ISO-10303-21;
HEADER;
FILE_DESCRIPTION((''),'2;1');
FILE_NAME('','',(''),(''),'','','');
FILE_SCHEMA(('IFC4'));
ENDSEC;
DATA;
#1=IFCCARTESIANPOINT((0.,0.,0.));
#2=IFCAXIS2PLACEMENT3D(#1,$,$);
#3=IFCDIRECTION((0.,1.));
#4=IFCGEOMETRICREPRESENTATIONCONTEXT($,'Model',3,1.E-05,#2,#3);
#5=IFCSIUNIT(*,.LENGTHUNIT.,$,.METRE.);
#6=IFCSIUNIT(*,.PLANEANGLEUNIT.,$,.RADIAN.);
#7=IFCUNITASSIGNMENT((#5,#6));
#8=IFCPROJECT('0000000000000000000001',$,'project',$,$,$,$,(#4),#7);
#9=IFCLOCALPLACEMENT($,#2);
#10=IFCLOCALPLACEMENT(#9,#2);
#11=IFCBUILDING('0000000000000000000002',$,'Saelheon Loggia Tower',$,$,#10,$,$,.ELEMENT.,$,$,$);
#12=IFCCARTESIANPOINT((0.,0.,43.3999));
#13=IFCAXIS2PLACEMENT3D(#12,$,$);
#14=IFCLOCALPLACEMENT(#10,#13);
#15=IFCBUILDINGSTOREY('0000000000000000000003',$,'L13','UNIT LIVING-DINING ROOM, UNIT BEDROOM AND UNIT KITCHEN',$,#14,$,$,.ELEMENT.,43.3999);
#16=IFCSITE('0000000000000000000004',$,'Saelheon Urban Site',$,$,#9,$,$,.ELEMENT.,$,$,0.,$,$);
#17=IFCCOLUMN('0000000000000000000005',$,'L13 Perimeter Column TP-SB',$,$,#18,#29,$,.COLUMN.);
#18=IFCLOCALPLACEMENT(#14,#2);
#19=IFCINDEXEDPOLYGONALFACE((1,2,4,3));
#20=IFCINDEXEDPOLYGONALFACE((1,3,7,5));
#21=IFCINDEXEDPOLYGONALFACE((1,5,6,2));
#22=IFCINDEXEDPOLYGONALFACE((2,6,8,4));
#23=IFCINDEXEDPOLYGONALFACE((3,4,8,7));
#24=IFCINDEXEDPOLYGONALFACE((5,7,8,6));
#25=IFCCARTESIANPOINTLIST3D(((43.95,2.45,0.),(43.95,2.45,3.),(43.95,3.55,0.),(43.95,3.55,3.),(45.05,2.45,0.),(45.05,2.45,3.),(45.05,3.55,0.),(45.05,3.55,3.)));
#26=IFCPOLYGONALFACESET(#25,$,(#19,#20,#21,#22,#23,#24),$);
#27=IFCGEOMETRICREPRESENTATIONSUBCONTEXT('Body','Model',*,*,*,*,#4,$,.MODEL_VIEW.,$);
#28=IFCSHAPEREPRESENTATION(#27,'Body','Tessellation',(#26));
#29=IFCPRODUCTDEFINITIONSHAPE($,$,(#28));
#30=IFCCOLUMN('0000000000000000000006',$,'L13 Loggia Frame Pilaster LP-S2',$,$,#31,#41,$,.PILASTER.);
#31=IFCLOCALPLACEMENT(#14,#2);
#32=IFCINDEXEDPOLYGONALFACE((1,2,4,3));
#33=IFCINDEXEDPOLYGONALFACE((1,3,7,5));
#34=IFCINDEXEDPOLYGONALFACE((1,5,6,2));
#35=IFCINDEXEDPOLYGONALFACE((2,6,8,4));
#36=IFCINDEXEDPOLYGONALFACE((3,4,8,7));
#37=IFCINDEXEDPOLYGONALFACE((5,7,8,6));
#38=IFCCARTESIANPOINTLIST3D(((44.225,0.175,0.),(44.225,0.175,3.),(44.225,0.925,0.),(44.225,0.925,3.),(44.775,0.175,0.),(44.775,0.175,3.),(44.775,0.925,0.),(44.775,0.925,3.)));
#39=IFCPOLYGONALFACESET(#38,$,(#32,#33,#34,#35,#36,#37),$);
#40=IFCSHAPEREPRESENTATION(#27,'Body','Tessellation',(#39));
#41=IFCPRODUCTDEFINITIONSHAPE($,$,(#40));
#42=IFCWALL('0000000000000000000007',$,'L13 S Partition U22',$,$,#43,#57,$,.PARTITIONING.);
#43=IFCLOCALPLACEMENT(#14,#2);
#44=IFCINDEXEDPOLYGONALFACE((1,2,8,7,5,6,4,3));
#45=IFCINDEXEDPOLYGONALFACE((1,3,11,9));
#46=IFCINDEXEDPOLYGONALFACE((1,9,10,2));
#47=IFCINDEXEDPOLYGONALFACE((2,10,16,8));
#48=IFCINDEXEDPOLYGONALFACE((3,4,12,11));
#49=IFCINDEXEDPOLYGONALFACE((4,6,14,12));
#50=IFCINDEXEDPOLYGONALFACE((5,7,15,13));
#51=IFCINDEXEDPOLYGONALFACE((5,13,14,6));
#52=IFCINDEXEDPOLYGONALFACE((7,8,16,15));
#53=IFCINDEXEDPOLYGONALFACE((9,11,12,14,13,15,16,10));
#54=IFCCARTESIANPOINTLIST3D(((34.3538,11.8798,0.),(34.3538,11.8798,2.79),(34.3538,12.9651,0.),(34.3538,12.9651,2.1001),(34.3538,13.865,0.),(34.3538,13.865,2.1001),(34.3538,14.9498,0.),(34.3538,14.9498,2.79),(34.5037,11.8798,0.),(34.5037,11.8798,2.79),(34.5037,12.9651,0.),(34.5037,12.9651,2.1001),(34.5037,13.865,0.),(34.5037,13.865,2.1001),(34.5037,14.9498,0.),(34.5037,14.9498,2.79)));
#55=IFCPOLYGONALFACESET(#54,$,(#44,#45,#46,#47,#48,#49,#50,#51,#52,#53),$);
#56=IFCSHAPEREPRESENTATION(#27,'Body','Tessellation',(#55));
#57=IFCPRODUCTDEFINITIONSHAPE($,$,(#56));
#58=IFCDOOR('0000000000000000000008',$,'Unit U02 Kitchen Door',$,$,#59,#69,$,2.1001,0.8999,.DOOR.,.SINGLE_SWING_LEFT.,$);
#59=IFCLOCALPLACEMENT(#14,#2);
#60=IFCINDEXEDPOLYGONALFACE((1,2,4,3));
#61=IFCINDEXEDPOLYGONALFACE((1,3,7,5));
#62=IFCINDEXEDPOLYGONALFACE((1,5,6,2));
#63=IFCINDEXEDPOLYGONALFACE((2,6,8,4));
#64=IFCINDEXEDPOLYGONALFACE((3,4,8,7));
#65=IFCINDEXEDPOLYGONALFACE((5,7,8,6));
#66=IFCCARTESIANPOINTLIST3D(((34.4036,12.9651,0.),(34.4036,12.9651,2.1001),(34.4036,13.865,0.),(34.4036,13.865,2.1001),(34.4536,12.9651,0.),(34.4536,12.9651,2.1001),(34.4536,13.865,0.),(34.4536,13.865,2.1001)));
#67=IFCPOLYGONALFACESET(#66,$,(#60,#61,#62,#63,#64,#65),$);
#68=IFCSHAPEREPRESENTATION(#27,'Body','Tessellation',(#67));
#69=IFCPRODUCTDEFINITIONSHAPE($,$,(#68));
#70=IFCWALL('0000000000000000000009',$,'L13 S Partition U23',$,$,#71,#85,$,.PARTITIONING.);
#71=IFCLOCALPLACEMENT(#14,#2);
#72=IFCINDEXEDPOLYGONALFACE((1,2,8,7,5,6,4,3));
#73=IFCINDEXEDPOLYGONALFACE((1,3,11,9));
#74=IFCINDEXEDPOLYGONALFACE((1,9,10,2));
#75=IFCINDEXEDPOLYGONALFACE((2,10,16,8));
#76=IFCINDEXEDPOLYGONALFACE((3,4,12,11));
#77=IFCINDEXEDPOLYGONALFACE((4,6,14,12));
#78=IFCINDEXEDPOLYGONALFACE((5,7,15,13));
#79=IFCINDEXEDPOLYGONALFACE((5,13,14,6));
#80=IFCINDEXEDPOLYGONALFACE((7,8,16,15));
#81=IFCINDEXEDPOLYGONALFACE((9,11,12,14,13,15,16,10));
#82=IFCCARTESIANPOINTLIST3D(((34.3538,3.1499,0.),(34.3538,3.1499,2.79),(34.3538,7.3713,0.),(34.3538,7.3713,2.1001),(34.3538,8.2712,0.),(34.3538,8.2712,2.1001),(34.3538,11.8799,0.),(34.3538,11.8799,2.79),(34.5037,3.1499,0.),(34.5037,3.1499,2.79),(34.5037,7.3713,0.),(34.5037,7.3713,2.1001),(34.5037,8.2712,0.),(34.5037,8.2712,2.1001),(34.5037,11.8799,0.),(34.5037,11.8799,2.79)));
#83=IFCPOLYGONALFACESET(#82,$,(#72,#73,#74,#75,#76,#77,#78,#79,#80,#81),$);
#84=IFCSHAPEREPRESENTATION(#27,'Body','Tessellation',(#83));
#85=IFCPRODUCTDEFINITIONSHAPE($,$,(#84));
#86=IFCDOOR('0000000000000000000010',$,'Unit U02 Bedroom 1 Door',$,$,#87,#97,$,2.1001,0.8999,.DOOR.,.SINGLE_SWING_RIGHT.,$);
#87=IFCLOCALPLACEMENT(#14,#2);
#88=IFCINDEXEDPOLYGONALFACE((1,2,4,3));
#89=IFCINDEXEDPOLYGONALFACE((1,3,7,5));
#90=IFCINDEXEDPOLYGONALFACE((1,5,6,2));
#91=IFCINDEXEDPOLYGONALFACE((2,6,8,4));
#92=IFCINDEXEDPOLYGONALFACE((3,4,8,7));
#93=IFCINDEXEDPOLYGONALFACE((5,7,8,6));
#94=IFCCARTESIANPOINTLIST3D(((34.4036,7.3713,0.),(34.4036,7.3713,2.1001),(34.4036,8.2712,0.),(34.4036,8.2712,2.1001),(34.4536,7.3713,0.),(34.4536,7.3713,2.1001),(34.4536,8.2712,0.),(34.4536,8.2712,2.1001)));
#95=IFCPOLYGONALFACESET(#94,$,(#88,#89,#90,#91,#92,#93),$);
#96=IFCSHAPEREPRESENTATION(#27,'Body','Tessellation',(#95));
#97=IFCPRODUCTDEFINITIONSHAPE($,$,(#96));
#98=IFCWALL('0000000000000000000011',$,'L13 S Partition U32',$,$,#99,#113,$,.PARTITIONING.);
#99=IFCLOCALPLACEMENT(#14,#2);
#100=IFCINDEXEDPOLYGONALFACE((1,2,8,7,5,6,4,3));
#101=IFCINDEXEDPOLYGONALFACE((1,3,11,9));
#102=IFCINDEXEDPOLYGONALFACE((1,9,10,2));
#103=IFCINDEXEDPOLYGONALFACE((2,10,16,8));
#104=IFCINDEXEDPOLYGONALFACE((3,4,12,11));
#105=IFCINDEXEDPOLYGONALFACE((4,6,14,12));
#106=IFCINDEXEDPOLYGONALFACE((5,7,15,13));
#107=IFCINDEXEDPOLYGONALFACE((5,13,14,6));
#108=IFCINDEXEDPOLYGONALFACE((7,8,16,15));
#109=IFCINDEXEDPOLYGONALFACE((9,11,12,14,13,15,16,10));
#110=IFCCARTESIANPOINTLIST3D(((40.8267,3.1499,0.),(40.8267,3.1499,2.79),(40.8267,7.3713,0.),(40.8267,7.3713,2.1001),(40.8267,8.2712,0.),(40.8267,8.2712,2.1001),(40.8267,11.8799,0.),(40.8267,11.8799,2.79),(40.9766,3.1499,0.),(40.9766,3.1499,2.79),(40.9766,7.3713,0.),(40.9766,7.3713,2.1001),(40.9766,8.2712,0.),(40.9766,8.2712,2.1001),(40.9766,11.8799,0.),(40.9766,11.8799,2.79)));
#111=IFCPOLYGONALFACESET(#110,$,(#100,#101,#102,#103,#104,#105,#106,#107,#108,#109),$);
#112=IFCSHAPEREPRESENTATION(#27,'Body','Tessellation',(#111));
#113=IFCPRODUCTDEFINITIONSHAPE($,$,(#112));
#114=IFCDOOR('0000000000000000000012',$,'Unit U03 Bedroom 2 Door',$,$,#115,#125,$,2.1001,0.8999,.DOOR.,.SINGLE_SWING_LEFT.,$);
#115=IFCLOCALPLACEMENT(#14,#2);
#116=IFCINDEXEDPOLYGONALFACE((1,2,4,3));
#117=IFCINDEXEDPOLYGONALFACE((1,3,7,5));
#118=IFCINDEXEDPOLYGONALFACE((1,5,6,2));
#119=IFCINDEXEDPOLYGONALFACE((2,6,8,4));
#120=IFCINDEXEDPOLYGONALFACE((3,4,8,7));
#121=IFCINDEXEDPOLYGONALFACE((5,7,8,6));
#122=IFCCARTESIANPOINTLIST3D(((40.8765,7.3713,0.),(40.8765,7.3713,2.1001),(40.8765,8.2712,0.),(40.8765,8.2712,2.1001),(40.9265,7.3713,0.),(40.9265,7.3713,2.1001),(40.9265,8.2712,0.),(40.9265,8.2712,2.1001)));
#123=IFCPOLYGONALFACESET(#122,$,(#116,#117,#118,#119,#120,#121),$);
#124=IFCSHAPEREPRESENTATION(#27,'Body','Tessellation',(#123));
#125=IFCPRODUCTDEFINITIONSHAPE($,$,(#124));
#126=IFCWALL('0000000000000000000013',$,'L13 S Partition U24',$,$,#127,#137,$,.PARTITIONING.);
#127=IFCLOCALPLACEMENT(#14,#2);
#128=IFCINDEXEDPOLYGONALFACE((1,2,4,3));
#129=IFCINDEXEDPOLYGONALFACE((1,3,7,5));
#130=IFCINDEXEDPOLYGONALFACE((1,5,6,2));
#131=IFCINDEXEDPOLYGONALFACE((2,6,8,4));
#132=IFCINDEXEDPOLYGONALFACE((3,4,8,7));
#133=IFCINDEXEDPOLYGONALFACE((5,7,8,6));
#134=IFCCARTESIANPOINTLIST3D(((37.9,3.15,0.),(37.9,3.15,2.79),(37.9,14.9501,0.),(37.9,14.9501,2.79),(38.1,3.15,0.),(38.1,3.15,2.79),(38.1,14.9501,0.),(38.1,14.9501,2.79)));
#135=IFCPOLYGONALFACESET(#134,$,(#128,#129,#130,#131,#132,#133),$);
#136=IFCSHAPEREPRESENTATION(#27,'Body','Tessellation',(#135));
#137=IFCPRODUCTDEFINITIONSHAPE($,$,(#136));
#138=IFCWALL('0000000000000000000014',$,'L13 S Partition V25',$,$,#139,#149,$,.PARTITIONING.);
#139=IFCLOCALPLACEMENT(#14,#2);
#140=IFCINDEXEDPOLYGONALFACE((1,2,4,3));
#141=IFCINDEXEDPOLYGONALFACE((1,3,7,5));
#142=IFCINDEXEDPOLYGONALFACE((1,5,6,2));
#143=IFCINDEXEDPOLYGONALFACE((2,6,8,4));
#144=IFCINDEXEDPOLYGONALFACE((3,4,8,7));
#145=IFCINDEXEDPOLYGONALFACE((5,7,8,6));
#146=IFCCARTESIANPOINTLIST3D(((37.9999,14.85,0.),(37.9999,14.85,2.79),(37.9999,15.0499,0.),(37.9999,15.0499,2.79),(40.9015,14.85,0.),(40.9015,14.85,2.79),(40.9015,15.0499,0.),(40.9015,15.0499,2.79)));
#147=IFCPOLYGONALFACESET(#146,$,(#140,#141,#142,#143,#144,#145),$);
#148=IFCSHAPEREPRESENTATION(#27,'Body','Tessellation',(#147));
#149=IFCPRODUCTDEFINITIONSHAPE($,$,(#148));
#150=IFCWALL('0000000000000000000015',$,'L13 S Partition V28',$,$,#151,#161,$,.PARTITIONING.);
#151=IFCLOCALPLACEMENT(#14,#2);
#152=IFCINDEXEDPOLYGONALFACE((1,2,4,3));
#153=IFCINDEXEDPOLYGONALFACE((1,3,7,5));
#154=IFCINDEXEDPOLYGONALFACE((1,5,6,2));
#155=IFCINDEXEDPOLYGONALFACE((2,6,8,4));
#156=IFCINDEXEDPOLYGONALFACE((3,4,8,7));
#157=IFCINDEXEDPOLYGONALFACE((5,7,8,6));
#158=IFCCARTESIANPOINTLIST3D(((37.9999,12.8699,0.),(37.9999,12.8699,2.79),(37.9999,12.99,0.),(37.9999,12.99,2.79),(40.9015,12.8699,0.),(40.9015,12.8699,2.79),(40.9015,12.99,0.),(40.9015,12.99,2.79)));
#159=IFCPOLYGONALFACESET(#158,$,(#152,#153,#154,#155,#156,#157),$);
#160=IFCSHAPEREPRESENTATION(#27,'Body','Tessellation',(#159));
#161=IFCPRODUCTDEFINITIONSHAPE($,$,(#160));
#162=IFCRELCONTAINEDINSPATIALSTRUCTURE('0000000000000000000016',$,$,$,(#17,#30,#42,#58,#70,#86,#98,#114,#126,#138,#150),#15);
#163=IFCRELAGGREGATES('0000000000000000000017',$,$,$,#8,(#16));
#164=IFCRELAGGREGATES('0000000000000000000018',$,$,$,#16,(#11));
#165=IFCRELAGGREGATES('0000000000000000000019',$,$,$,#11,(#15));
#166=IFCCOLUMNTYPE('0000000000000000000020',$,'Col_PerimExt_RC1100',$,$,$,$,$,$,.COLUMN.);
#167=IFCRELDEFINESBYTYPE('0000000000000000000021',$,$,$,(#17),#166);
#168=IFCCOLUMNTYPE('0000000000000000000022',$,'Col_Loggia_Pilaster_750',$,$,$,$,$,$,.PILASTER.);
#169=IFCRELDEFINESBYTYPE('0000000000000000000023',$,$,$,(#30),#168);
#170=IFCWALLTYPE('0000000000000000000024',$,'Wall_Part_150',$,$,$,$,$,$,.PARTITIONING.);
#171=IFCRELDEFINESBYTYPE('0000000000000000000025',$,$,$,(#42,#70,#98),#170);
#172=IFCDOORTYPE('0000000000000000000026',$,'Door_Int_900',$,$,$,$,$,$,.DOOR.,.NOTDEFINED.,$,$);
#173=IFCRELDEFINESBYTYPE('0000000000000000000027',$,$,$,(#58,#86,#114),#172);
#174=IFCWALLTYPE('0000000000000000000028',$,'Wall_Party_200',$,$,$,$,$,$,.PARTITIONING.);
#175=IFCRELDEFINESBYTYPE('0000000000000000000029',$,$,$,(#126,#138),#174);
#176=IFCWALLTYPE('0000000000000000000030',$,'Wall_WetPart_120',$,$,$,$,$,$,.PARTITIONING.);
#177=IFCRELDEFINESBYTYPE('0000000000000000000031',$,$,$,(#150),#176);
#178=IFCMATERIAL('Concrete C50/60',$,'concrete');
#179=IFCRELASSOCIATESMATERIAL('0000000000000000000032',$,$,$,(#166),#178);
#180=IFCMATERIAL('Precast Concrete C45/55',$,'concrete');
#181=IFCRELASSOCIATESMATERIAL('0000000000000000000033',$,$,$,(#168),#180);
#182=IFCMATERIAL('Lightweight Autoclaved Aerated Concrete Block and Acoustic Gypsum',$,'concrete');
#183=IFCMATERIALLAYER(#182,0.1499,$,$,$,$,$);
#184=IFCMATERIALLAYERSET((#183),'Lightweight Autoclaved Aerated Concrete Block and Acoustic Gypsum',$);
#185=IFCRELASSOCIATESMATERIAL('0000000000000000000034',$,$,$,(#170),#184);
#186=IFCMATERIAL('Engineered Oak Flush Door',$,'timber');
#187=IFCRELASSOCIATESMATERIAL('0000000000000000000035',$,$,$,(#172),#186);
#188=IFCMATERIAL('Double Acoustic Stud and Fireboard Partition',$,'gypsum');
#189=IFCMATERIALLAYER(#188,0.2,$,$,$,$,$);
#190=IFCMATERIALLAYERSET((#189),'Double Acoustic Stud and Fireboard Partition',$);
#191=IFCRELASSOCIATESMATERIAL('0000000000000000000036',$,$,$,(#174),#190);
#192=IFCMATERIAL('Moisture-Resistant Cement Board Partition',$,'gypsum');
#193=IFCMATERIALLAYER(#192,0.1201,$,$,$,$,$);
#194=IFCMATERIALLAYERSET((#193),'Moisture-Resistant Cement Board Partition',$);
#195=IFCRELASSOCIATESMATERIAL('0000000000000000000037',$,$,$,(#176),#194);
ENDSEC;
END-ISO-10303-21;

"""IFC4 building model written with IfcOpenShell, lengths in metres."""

from ifc_helpers import new_model, si_unit, direction, frame, frame_2d, origin, origin_2d, place, context, subcontext, project, spatial, rectangle, extrude, source, transform, mapped, material, layer, layer_set, material_profile, profile_set, type_object, element, fill, save


model = new_model("IFC4")

# Units and contexts
model_context = context("Model", 3, precision=1e-05, world=origin(), true_north=direction((0.0, 1.0)))
body_context = subcontext(model_context, "Body", "Model", "MODEL_VIEW")
ifc_project = project(units=[si_unit("LENGTHUNIT", "METRE"), si_unit("PLANEANGLEUNIT", "RADIAN")], contexts=[model_context])

# Site, building, storey
site_placement = place(None, origin())
site = spatial("IfcSite", under=ifc_project, at=site_placement, Name="Saelheon Urban Site", CompositionType="ELEMENT", RefElevation=0.0)
building_placement = place(site_placement, origin())
building = spatial("IfcBuilding", under=site, at=building_placement, Name="Saelheon Loggia Tower", CompositionType="ELEMENT")
storey_placement = place(building_placement, frame((0.0, 0.0, 43.3999)))
storey = spatial("IfcBuildingStorey", under=building, at=storey_placement, Name="L13", Description="UNIT LIVING-DINING ROOM, UNIT BEDROOM AND UNIT KITCHEN", CompositionType="ELEMENT", Elevation=43.3999)

# Columns
ifc_material_1 = material(Name="Concrete C50/60", Category="concrete")
ifc_material_profile_1 = material_profile(ifc_material_1, rectangle(XDim=1.1001, YDim=1.1001, at=origin_2d()), Name="RC-1100x1100")
ifc_profile_set_1 = profile_set([ifc_material_profile_1], Name="Concrete C50/60")
column_type_1 = type_object("IfcColumnType", Name="Col_PerimExt_RC1100", PredefinedType="COLUMN", material=ifc_profile_set_1)
shared_shape_1 = source(origin(), body_context, "Body", "SweptSolid", [
    extrude(rectangle(XDim=1.1001, YDim=1.1001, at=origin_2d()), origin(), (0.0, 0.0, 1.0), 3.0),
])
column_1_placement = place(storey_placement, frame((44.5, 3.0, 0.0), z_axis=(0.0, 0.0, 1.0), x_axis=(1.0, 0.0, 0.0)))
element("IfcColumn", 1, at=column_1_placement, inside=storey, type_object=column_type_1, Name="L13 Perimeter Column TP-SB", PredefinedType="COLUMN", context=body_context, shape_type="MappedRepresentation", body=[
    mapped(shared_shape_1, transform((0.0, 0.0, 0.0), scale=1.0)),
])
ifc_material_2 = material(Name="Precast Concrete C45/55", Category="concrete")
ifc_material_profile_2 = material_profile(ifc_material_2, rectangle(XDim=0.55, YDim=0.75, at=origin_2d()), Name="RC-550x750")
ifc_profile_set_2 = profile_set([ifc_material_profile_2], Name="Precast Concrete C45/55")
column_type_2 = type_object("IfcColumnType", Name="Col_Loggia_Pilaster_750", PredefinedType="PILASTER", material=ifc_profile_set_2)
shared_shape_2 = source(origin(), body_context, "Body", "SweptSolid", [
    extrude(rectangle(XDim=0.55, YDim=0.75, at=origin_2d()), origin(), (0.0, 0.0, 1.0), 3.0),
])
column_2_placement = place(storey_placement, frame((44.5, 0.55, 0.0), z_axis=(0.0, 0.0, 1.0), x_axis=(1.0, 0.0, 0.0)))
element("IfcColumn", 2, at=column_2_placement, inside=storey, type_object=column_type_2, Name="L13 Loggia Frame Pilaster LP-S2", PredefinedType="PILASTER", context=body_context, shape_type="MappedRepresentation", body=[
    mapped(shared_shape_2, transform((0.0, 0.0, 0.0), scale=1.0)),
])

# Walls, openings, doors
ifc_material_3 = material(Name="Lightweight Autoclaved Aerated Concrete Block and Acoustic Gypsum", Category="concrete")
ifc_layer_1 = layer(ifc_material_3, 0.1499)
ifc_layer_set_1 = layer_set([ifc_layer_1], Name="Lightweight Autoclaved Aerated Concrete Block and Acoustic Gypsum")
wall_type_1 = type_object("IfcWallType", Name="Wall_Part_150", PredefinedType="PARTITIONING", material=ifc_layer_set_1)
wall_1_placement = place(storey_placement, frame((34.4287, 14.95, 0.0), z_axis=(0.0, 0.0, 1.0), x_axis=(0.0, -1.0, 0.0)))
wall_1 = element("IfcWall", 3, at=wall_1_placement, inside=storey, type_object=wall_type_1, Name="L13 S Partition U22", PredefinedType="PARTITIONING", context=body_context, shape_type="SweptSolid", body=[
    extrude(rectangle(XDim=3.0701, YDim=0.1499, at=frame_2d((1.5352, 0.0))), origin(), (0.0, 0.0, 1.0), 2.79),
])
opening_1_placement = place(wall_1_placement, frame((1.085, 0.0, 0.0)))
opening_1 = element("IfcOpeningElement", 4, at=opening_1_placement, cuts=wall_1, PredefinedType="OPENING", context=body_context, shape_type="SweptSolid", body=[
    extrude(rectangle(XDim=0.8999, YDim=2.1001, at=frame_2d((0.45, 1.05))), frame((0.0, 0.0869, 0.0), z_axis=(0.0, -1.0, 0.0), x_axis=(1.0, 0.0, 0.0)), (0.0, 0.0, 1.0), 0.1738),
])
ifc_material_4 = material(Name="Engineered Oak Flush Door", Category="timber")
door_type_1 = type_object("IfcDoorType", Name="Door_Int_900", OperationType="NOTDEFINED", PredefinedType="DOOR", material=ifc_material_4)
shared_shape_3 = source(origin(), body_context, "Body", "SweptSolid", [
    extrude(rectangle(XDim=0.8999, YDim=2.1001, at=frame_2d((0.45, 1.05))), frame((0.0, 0.0249, 0.0), z_axis=(0.0, -1.0, 0.0), x_axis=(1.0, 0.0, 0.0)), (0.0, 0.0, 1.0), 0.05),
])
door_1_placement = place(opening_1_placement, origin())
door_1 = element("IfcDoor", 5, at=door_1_placement, inside=storey, type_object=door_type_1, Name="Unit U02 Kitchen Door", OperationType="SINGLE_SWING_LEFT", OverallHeight=2.1001, OverallWidth=0.8999, PredefinedType="DOOR", context=body_context, shape_type="MappedRepresentation", body=[
    mapped(shared_shape_3, transform((0.0, 0.0, 0.0), scale=1.0)),
])
fill(opening_1, door_1)
wall_2_placement = place(storey_placement, frame((34.4287, 11.8799, 0.0), z_axis=(0.0, 0.0, 1.0), x_axis=(0.0, -1.0, 0.0)))
wall_2 = element("IfcWall", 6, at=wall_2_placement, inside=storey, type_object=wall_type_1, Name="L13 S Partition U23", PredefinedType="PARTITIONING", context=body_context, shape_type="SweptSolid", body=[
    extrude(rectangle(XDim=8.73, YDim=0.1499, at=frame_2d((4.365, 0.0))), origin(), (0.0, 0.0, 1.0), 2.79),
])
opening_2_placement = place(wall_2_placement, frame((3.6086, 0.0, 0.0)))
opening_2 = element("IfcOpeningElement", 7, at=opening_2_placement, cuts=wall_2, PredefinedType="OPENING", context=body_context, shape_type="SweptSolid", body=[
    extrude(rectangle(XDim=0.8999, YDim=2.1001, at=frame_2d((0.45, 1.05))), frame((0.0, 0.0869, 0.0), z_axis=(0.0, -1.0, 0.0), x_axis=(1.0, 0.0, 0.0)), (0.0, 0.0, 1.0), 0.1738),
])
door_2_placement = place(opening_2_placement, origin())
door_2 = element("IfcDoor", 8, at=door_2_placement, inside=storey, type_object=door_type_1, Name="Unit U02 Bedroom 1 Door", OperationType="SINGLE_SWING_RIGHT", OverallHeight=2.1001, OverallWidth=0.8999, PredefinedType="DOOR", context=body_context, shape_type="MappedRepresentation", body=[
    mapped(shared_shape_3, transform((0.0, 0.0, 0.0), scale=1.0)),
])
fill(opening_2, door_2)
wall_3_placement = place(storey_placement, frame((40.9016, 11.8799, 0.0), z_axis=(0.0, 0.0, 1.0), x_axis=(0.0, -1.0, 0.0)))
wall_3 = element("IfcWall", 9, at=wall_3_placement, inside=storey, type_object=wall_type_1, Name="L13 S Partition U32", PredefinedType="PARTITIONING", context=body_context, shape_type="SweptSolid", body=[
    extrude(rectangle(XDim=8.73, YDim=0.1499, at=frame_2d((4.365, 0.0))), origin(), (0.0, 0.0, 1.0), 2.79),
])
opening_3_placement = place(wall_3_placement, frame((3.6086, 0.0, 0.0)))
opening_3 = element("IfcOpeningElement", 10, at=opening_3_placement, cuts=wall_3, PredefinedType="OPENING", context=body_context, shape_type="SweptSolid", body=[
    extrude(rectangle(XDim=0.8999, YDim=2.1001, at=frame_2d((0.45, 1.05))), frame((0.0, 0.0869, 0.0), z_axis=(0.0, -1.0, 0.0), x_axis=(1.0, 0.0, 0.0)), (0.0, 0.0, 1.0), 0.1738),
])
door_3_placement = place(opening_3_placement, origin())
door_3 = element("IfcDoor", 11, at=door_3_placement, inside=storey, type_object=door_type_1, Name="Unit U03 Bedroom 2 Door", OperationType="SINGLE_SWING_LEFT", OverallHeight=2.1001, OverallWidth=0.8999, PredefinedType="DOOR", context=body_context, shape_type="MappedRepresentation", body=[
    mapped(shared_shape_3, transform((0.0, 0.0, 0.0), scale=1.0)),
])
fill(opening_3, door_3)

# Walls
ifc_material_5 = material(Name="Double Acoustic Stud and Fireboard Partition", Category="gypsum")
ifc_layer_2 = layer(ifc_material_5, 0.2)
ifc_layer_set_2 = layer_set([ifc_layer_2], Name="Double Acoustic Stud and Fireboard Partition")
wall_type_2 = type_object("IfcWallType", Name="Wall_Party_200", PredefinedType="PARTITIONING", material=ifc_layer_set_2)
wall_4_placement = place(storey_placement, frame((38.0, 14.95, 0.0), z_axis=(0.0, 0.0, 1.0), x_axis=(0.0, -1.0, 0.0)))
element("IfcWall", 12, at=wall_4_placement, inside=storey, type_object=wall_type_2, Name="L13 S Partition U24", PredefinedType="PARTITIONING", context=body_context, shape_type="SweptSolid", body=[
    extrude(rectangle(XDim=11.8, YDim=0.2, at=frame_2d((5.8999, 0.0))), origin(), (0.0, 0.0, 1.0), 2.79),
])
wall_5_placement = place(storey_placement, frame((38.0, 14.95, 0.0), z_axis=(0.0, 0.0, 1.0), x_axis=(1.0, 0.0, 0.0)))
element("IfcWall", 13, at=wall_5_placement, inside=storey, type_object=wall_type_2, Name="L13 S Partition V25", PredefinedType="PARTITIONING", context=body_context, shape_type="SweptSolid", body=[
    extrude(rectangle(XDim=2.9016, YDim=0.2, at=frame_2d((1.4507, 0.0))), origin(), (0.0, 0.0, 1.0), 2.79),
])

# Wall
ifc_material_6 = material(Name="Moisture-Resistant Cement Board Partition", Category="gypsum")
ifc_layer_3 = layer(ifc_material_6, 0.1201)
ifc_layer_set_3 = layer_set([ifc_layer_3], Name="Moisture-Resistant Cement Board Partition")
wall_type_3 = type_object("IfcWallType", Name="Wall_WetPart_120", PredefinedType="PARTITIONING", material=ifc_layer_set_3)
wall_6_placement = place(storey_placement, frame((38.0, 12.9299, 0.0), z_axis=(0.0, 0.0, 1.0), x_axis=(1.0, 0.0, 0.0)))
element("IfcWall", 14, at=wall_6_placement, inside=storey, type_object=wall_type_3, Name="L13 S Partition V28", PredefinedType="PARTITIONING", context=body_context, shape_type="SweptSolid", body=[
    extrude(rectangle(XDim=2.9016, YDim=0.1201, at=frame_2d((1.4507, 0.0))), origin(), (0.0, 0.0, 1.0), 2.79),
])

save(model, "model.ifc")
